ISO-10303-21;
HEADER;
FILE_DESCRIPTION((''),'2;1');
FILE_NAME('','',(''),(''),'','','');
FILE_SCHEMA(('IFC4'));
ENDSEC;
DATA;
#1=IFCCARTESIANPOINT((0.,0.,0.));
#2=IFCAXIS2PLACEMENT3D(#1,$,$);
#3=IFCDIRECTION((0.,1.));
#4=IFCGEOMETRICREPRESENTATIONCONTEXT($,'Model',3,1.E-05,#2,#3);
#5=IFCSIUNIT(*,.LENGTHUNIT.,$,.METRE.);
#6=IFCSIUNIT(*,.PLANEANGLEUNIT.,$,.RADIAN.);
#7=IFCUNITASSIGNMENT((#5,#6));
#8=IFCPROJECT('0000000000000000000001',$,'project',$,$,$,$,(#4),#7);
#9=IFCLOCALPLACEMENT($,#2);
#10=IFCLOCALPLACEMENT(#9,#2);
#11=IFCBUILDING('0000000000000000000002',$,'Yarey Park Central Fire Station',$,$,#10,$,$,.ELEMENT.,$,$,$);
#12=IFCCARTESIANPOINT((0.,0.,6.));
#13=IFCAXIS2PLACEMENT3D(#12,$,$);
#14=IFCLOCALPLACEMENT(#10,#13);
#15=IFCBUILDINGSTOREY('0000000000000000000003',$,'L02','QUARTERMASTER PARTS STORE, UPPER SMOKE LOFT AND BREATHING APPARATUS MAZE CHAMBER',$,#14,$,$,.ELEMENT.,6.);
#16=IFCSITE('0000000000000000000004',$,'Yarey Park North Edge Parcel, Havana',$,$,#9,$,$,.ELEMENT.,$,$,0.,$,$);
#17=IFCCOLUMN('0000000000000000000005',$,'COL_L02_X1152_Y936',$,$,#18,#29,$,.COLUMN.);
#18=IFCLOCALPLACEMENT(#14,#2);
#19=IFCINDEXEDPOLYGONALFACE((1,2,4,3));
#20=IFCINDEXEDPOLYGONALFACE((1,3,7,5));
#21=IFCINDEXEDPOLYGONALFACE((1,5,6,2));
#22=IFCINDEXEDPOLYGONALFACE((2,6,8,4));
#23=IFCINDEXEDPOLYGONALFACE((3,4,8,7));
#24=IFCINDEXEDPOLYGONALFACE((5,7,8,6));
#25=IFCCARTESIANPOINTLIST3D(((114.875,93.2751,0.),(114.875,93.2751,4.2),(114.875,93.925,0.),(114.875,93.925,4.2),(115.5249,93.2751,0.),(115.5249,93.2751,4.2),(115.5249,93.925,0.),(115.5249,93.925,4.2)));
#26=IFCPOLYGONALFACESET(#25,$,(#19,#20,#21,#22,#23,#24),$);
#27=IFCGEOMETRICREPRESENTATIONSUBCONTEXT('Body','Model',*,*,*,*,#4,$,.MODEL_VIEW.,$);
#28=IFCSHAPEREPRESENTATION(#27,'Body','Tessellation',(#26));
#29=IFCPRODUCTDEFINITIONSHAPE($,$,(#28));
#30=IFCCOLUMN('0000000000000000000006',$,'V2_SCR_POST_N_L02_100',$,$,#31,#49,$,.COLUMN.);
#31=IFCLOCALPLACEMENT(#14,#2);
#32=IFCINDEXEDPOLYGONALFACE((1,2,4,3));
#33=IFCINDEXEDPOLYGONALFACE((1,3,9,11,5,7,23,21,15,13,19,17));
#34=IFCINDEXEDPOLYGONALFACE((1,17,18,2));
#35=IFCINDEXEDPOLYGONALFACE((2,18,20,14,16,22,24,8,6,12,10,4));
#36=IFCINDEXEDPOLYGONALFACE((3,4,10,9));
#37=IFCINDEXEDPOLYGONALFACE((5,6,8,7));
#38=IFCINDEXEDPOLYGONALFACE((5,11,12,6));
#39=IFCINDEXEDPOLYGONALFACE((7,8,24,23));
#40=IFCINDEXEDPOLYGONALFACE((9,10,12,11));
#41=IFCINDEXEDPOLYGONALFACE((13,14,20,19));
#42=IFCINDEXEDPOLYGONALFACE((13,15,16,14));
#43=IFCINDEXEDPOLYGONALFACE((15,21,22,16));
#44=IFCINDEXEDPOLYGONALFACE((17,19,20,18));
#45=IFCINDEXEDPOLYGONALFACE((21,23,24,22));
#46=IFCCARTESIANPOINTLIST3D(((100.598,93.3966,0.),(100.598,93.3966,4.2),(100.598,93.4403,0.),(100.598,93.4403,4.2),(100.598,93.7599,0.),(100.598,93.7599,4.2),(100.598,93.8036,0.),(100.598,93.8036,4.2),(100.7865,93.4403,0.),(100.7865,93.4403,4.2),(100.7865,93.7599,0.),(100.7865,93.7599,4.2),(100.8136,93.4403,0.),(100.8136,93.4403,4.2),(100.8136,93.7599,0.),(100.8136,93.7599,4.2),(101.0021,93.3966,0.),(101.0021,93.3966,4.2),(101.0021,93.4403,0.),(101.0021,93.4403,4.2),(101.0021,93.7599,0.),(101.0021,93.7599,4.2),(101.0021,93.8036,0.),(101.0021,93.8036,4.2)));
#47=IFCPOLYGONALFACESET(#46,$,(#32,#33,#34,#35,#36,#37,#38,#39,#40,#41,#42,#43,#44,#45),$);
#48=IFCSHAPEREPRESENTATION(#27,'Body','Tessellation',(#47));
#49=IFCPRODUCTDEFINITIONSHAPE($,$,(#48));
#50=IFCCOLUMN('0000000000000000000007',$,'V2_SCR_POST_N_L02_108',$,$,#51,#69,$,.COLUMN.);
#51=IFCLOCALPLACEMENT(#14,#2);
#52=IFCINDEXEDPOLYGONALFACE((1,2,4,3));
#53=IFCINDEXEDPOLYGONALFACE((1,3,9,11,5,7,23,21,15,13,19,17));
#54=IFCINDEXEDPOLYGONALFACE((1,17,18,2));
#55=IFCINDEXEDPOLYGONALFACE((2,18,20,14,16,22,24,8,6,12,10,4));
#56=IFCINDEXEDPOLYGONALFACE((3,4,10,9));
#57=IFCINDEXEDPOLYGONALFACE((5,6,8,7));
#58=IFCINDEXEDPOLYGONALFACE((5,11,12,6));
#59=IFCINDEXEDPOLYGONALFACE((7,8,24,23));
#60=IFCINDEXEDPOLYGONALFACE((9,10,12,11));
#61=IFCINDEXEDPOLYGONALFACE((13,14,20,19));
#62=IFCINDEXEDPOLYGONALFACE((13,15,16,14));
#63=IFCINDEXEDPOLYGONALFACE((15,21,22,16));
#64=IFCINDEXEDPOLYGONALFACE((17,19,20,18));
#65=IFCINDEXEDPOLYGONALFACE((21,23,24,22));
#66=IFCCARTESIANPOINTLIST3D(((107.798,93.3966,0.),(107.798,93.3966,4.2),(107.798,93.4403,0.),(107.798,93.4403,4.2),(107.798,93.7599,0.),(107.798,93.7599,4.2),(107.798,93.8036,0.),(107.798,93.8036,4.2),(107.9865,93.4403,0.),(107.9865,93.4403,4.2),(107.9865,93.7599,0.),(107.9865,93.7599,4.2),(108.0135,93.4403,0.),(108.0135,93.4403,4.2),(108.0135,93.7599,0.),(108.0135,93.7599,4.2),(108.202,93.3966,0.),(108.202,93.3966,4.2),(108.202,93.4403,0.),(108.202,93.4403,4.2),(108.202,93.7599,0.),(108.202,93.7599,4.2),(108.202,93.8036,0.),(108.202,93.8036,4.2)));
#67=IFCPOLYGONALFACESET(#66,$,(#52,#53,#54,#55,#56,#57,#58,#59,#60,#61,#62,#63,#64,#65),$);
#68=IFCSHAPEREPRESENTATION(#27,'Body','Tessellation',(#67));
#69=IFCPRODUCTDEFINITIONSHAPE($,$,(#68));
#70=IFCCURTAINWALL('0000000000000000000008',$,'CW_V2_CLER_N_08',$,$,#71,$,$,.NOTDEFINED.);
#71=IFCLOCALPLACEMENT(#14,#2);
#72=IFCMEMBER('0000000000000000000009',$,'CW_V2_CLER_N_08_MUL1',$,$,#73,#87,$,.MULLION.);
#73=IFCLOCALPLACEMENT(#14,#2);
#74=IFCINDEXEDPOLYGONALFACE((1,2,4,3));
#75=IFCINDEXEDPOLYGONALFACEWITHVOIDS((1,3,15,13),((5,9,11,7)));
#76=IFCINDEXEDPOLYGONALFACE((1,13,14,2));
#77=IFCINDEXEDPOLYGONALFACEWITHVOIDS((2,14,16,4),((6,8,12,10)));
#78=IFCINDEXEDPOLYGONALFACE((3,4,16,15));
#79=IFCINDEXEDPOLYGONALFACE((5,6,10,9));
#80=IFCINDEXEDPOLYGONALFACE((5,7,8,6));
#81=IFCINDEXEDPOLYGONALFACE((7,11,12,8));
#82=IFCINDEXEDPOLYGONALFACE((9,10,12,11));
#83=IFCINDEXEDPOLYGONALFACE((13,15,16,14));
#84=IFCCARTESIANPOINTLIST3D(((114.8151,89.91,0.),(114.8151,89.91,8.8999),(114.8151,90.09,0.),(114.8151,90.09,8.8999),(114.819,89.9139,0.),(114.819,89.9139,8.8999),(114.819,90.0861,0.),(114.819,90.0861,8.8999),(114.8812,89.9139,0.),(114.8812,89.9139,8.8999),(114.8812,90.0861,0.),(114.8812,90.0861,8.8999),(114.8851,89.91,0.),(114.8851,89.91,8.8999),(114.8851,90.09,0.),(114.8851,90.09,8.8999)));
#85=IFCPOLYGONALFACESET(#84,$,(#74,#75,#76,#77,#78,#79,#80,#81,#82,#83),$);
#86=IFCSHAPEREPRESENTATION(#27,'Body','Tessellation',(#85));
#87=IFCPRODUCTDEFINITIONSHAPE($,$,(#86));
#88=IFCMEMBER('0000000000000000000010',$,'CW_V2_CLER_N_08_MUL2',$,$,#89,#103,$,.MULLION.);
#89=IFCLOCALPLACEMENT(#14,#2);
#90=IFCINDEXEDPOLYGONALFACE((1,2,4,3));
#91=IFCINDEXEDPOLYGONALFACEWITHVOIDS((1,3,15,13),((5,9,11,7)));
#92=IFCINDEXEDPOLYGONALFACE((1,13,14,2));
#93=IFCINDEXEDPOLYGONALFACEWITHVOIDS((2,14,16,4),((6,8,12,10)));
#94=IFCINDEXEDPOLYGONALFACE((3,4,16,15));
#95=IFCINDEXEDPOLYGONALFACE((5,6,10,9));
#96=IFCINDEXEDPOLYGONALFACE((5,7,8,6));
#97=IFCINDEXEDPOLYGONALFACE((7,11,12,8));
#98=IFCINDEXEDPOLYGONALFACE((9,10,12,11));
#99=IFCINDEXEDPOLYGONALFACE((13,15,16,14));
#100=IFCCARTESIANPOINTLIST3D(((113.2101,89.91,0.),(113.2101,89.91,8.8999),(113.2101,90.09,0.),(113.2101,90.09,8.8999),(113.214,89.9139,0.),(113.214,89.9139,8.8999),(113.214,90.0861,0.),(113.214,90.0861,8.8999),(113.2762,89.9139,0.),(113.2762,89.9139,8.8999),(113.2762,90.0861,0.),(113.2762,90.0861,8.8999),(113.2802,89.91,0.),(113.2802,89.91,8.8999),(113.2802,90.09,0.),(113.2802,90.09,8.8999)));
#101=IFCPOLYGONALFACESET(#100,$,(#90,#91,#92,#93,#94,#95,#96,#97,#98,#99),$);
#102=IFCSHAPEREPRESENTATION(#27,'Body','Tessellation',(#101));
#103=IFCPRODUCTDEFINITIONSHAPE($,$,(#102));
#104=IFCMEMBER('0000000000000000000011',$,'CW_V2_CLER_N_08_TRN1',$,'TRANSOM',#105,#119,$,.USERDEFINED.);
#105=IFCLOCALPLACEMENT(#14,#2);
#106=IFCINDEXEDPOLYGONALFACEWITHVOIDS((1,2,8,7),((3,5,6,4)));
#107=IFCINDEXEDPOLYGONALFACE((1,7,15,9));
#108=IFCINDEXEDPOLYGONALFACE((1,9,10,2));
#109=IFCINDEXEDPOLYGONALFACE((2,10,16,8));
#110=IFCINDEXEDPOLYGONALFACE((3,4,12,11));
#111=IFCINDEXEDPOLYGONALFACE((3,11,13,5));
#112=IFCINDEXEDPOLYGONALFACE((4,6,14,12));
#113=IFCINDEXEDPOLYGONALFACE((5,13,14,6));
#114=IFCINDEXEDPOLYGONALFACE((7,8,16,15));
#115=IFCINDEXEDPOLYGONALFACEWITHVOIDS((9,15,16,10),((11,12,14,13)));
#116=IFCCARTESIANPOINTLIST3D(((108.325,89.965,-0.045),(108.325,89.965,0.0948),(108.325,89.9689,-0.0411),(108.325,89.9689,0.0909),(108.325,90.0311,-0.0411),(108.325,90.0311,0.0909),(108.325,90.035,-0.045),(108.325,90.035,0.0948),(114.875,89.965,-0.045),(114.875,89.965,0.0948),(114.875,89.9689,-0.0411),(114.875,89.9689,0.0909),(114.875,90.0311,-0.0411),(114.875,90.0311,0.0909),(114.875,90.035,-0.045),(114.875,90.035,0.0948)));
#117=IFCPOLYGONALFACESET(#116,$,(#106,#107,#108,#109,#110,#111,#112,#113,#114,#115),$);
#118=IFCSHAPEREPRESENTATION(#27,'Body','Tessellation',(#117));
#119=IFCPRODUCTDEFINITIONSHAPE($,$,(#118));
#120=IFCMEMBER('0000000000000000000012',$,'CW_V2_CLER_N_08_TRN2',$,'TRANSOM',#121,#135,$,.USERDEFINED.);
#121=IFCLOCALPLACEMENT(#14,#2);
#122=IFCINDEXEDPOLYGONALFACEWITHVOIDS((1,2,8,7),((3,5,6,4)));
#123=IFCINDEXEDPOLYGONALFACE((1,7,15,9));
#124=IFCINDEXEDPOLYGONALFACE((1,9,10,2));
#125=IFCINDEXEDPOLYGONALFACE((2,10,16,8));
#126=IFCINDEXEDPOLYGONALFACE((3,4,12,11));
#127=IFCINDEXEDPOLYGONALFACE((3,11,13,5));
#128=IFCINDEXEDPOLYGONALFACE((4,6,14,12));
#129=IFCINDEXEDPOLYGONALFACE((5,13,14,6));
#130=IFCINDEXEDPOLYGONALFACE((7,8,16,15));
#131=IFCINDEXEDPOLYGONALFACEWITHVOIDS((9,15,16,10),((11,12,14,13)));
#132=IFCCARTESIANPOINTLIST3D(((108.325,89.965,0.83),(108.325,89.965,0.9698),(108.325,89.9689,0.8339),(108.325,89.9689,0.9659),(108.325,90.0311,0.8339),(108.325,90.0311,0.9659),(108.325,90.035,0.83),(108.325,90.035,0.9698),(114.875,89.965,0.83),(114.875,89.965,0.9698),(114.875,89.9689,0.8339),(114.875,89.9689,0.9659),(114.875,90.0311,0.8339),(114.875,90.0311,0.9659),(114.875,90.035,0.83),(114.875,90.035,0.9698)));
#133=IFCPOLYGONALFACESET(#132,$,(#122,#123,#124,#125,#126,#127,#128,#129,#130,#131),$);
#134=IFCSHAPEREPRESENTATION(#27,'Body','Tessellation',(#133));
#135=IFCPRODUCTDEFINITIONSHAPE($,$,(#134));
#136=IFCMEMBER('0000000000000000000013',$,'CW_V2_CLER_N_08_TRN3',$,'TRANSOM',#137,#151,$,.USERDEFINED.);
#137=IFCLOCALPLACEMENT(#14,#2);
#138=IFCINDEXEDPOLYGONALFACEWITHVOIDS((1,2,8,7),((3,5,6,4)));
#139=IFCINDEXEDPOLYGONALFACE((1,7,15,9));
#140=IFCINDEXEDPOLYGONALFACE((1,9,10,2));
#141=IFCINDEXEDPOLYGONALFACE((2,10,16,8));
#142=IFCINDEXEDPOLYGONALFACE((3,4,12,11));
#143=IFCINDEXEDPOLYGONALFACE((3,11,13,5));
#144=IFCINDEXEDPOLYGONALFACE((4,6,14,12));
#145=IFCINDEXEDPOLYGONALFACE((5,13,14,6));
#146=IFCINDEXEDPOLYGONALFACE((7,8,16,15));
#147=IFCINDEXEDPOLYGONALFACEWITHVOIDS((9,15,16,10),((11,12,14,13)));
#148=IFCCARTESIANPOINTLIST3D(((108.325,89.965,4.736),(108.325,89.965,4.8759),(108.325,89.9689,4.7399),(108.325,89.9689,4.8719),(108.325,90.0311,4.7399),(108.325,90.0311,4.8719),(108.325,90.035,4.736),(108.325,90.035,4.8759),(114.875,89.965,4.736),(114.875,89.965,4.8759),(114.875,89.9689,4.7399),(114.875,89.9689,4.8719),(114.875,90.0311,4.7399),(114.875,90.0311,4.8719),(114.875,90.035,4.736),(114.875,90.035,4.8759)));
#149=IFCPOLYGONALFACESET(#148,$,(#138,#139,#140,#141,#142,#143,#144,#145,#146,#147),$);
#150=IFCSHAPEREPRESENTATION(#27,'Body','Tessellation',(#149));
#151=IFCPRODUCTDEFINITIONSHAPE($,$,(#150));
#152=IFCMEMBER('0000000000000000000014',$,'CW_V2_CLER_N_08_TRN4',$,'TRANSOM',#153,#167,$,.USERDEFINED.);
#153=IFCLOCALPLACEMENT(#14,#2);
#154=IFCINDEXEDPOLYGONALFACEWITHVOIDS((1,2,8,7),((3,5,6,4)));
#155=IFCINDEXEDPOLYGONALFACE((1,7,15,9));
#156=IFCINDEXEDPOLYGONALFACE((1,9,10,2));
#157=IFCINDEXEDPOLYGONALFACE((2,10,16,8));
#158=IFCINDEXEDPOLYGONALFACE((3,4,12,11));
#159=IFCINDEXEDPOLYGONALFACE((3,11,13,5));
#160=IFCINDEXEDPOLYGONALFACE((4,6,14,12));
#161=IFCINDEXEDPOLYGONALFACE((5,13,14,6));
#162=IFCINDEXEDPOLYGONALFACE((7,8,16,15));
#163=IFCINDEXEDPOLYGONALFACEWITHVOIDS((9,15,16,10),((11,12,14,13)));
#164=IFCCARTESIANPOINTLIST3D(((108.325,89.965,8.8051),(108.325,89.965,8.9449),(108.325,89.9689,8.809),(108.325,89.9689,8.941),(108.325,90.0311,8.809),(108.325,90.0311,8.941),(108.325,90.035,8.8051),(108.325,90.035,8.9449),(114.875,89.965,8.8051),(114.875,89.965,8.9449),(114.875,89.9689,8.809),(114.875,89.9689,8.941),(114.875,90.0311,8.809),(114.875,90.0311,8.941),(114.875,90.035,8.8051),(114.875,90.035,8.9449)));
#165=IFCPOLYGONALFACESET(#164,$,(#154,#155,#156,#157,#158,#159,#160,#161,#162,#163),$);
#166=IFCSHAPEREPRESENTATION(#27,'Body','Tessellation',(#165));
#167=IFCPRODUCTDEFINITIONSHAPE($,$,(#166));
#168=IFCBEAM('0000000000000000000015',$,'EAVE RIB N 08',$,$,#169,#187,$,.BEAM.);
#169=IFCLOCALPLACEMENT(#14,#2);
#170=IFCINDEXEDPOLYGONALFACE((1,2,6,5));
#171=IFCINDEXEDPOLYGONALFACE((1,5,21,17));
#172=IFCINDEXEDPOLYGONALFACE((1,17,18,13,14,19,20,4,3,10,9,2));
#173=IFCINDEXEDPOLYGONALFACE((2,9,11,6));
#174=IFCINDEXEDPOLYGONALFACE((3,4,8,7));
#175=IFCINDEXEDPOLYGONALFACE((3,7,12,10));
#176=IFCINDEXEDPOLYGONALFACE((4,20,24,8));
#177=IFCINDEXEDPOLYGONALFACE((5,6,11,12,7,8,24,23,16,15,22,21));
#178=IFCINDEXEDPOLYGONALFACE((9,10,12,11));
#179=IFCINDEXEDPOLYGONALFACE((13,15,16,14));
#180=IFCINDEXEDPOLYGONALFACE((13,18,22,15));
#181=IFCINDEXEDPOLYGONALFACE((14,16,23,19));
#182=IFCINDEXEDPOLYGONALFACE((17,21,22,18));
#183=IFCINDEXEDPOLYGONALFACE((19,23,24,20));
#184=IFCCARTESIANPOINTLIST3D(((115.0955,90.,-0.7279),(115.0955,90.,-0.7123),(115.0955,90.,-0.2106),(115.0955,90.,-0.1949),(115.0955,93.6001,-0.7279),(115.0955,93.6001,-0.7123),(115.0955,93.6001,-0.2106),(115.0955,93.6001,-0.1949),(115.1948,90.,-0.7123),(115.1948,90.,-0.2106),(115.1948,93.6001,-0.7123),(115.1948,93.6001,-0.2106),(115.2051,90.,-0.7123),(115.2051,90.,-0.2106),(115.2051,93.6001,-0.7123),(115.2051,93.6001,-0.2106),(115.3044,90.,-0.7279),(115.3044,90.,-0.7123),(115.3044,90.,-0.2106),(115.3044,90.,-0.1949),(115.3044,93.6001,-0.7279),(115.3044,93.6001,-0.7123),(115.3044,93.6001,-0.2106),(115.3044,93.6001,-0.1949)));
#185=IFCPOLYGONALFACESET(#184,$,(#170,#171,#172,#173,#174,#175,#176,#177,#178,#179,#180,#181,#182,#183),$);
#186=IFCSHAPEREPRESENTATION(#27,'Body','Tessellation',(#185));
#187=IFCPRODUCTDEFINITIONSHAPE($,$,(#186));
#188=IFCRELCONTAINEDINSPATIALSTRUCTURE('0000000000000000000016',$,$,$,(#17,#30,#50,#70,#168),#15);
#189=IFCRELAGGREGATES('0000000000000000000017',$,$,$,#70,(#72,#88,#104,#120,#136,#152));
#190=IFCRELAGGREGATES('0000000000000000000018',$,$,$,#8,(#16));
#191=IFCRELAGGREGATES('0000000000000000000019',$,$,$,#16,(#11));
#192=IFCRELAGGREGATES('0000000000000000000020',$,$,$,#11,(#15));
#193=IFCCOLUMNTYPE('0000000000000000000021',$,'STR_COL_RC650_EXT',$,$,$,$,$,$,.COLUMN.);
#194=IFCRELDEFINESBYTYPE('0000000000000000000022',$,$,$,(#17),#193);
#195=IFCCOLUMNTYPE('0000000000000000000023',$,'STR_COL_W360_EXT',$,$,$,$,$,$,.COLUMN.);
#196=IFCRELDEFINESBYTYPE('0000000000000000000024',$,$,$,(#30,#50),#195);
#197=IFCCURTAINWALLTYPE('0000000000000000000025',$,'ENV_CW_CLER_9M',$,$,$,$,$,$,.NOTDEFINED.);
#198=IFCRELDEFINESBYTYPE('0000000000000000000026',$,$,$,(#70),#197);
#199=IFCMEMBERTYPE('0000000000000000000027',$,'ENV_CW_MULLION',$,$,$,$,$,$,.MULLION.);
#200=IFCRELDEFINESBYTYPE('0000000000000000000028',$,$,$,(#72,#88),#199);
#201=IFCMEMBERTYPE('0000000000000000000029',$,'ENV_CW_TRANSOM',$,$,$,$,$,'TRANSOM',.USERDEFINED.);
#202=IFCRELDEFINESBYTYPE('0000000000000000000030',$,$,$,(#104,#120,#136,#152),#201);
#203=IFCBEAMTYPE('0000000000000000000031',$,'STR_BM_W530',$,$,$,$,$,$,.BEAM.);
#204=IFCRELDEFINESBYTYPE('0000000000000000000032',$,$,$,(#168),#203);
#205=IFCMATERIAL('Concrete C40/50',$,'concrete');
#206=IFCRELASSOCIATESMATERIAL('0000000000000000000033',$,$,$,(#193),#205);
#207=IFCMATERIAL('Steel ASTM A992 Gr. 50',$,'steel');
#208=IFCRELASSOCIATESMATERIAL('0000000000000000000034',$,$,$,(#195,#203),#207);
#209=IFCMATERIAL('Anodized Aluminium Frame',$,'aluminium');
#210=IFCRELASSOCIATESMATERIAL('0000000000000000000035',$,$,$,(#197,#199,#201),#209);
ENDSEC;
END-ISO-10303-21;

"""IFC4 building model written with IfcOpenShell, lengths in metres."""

from ifc_helpers import new_model, si_unit, direction, frame, origin, origin_2d, place, context, subcontext, project, spatial, rectangle, hollow_rectangle, i_section, extrude, material, material_profile, profile_set, type_object, element, aggregate, save


model = new_model("IFC4")

# Units and contexts
model_context = context("Model", 3, precision=1e-05, world=origin(), true_north=direction((0.0, 1.0)))
body_context = subcontext(model_context, "Body", "Model", "MODEL_VIEW")
ifc_project = project(units=[si_unit("LENGTHUNIT", "METRE"), si_unit("PLANEANGLEUNIT", "RADIAN")], contexts=[model_context])

# Site, building, storey
site_placement = place(None, origin())
site = spatial("IfcSite", under=ifc_project, at=site_placement, Name="Yarey Park North Edge Parcel, Havana", CompositionType="ELEMENT", RefElevation=0.0)
building_placement = place(site_placement, origin())
building = spatial("IfcBuilding", under=site, at=building_placement, Name="Yarey Park Central Fire Station", CompositionType="ELEMENT")
storey_placement = place(building_placement, frame((0.0, 0.0, 6.0)))
storey = spatial("IfcBuildingStorey", under=building, at=storey_placement, Name="L02", Description="QUARTERMASTER PARTS STORE, UPPER SMOKE LOFT AND BREATHING APPARATUS MAZE CHAMBER", CompositionType="ELEMENT", Elevation=6.0)

# Columns
ifc_material_1 = material(Name="Concrete C40/50", Category="concrete")
ifc_material_profile_1 = material_profile(ifc_material_1, rectangle(XDim=0.6499, YDim=0.6499, at=origin_2d()), Name="RC 650x650")
ifc_profile_set_1 = profile_set([ifc_material_profile_1], Name="Concrete C40/50")
column_type_1 = type_object("IfcColumnType", Name="STR_COL_RC650_EXT", PredefinedType="COLUMN", material=ifc_profile_set_1)
column_placement = place(storey_placement, frame((115.2, 93.6001, 0.0), z_axis=(0.0, 0.0, 1.0), x_axis=(1.0, 0.0, 0.0)))
element("IfcColumn", 1, at=column_placement, inside=storey, type_object=column_type_1, Name="COL_L02_X1152_Y936", PredefinedType="COLUMN", context=body_context, shape_type="SweptSolid", body=[
    extrude(rectangle(XDim=0.6499, YDim=0.6499, at=origin_2d()), origin(), (0.0, 0.0, 1.0), 4.2),
])
ifc_material_2 = material(Name="Steel ASTM A992 Gr. 50", Category="steel")
ifc_material_profile_2 = material_profile(ifc_material_2, i_section(OverallWidth=0.4041, OverallDepth=0.407, WebThickness=0.0271, FlangeThickness=0.0437, at=origin_2d()), Name="W360x347")
ifc_profile_set_2 = profile_set([ifc_material_profile_2], Name="Steel ASTM A992 Gr. 50")
column_type_2 = type_object("IfcColumnType", Name="STR_COL_W360_EXT", PredefinedType="COLUMN", material=ifc_profile_set_2)
for number, where, z_axis, x_axis, name in (
    (2, (100.8, 93.6001, 0.0), (0.0, 0.0, 1.0), (1.0, 0.0, 0.0), "V2_SCR_POST_N_L02_100"),
    (3, (108.0, 93.6001, 0.0), (0.0, 0.0, 1.0), (1.0, 0.0, 0.0), "V2_SCR_POST_N_L02_108"),
):
    element("IfcColumn", number, at=place(storey_placement, frame(where, z_axis=z_axis, x_axis=x_axis)), inside=storey, type_object=column_type_2, Name=name, PredefinedType="COLUMN", context=body_context, shape_type="SweptSolid", body=[
        extrude(i_section(OverallWidth=0.4041, OverallDepth=0.407, WebThickness=0.0271, FlangeThickness=0.0437, at=origin_2d()), origin(), (0.0, 0.0, 1.0), 4.2),
    ])

# Curtain wall, members
ifc_material_3 = material(Name="Anodized Aluminium Frame", Category="aluminium")
curtain_wall_type = type_object("IfcCurtainWallType", Name="ENV_CW_CLER_9M", PredefinedType="NOTDEFINED", material=ifc_material_3)
curtain_wall_placement = place(storey_placement, origin())
curtain_wall = element("IfcCurtainWall", 4, at=curtain_wall_placement, inside=storey, type_object=curtain_wall_type, Name="CW_V2_CLER_N_08", PredefinedType="NOTDEFINED")
ifc_material_profile_3 = material_profile(ifc_material_3, hollow_rectangle(XDim=0.0701, YDim=0.1799, WallThickness=0.0039, at=origin_2d()), Name="ALU 180x70x4")
ifc_profile_set_3 = profile_set([ifc_material_profile_3], Name="Anodized Aluminium Frame")
member_type_1 = type_object("IfcMemberType", Name="ENV_CW_MULLION", PredefinedType="MULLION", material=ifc_profile_set_3)
member_1_placement = place(storey_placement, frame((114.8501, 90.0, 0.0), z_axis=(0.0, 0.0, 1.0), x_axis=(1.0, 0.0, 0.0)))
member_1 = element("IfcMember", 5, at=member_1_placement, type_object=member_type_1, Name="CW_V2_CLER_N_08_MUL1", PredefinedType="MULLION", context=body_context, shape_type="SweptSolid", body=[
    extrude(hollow_rectangle(XDim=0.0701, YDim=0.1799, WallThickness=0.0039, at=origin_2d()), origin(), (0.0, 0.0, 1.0), 8.8999),
])
member_2_placement = place(storey_placement, frame((113.2451, 90.0, 0.0), z_axis=(0.0, 0.0, 1.0), x_axis=(1.0, 0.0, 0.0)))
member_2 = element("IfcMember", 6, at=member_2_placement, type_object=member_type_1, Name="CW_V2_CLER_N_08_MUL2", PredefinedType="MULLION", context=body_context, shape_type="SweptSolid", body=[
    extrude(hollow_rectangle(XDim=0.0701, YDim=0.1799, WallThickness=0.0039, at=origin_2d()), origin(), (0.0, 0.0, 1.0), 8.8999),
])
ifc_material_profile_4 = material_profile(ifc_material_3, hollow_rectangle(XDim=0.0701, YDim=0.1399, WallThickness=0.0039, at=origin_2d()), Name="ALU 140x70x4")
ifc_profile_set_4 = profile_set([ifc_material_profile_4], Name="Anodized Aluminium Frame")
member_type_2 = type_object("IfcMemberType", Name="ENV_CW_TRANSOM", ElementType="TRANSOM", PredefinedType="USERDEFINED", material=ifc_profile_set_4)
member_3_placement = place(storey_placement, frame((114.875, 90.0, 0.0249), z_axis=(-1.0, 0.0, 0.0), x_axis=(0.0, -1.0, 0.0)))
member_3 = element("IfcMember", 7, at=member_3_placement, type_object=member_type_2, Name="CW_V2_CLER_N_08_TRN1", ObjectType="TRANSOM", PredefinedType="USERDEFINED", context=body_context, shape_type="SweptSolid", body=[
    extrude(hollow_rectangle(XDim=0.0701, YDim=0.1399, WallThickness=0.0039, at=origin_2d()), origin(), (0.0, 0.0, 1.0), 6.55),
])
member_4_placement = place(storey_placement, frame((114.875, 90.0, 0.8999), z_axis=(-1.0, 0.0, 0.0), x_axis=(0.0, -1.0, 0.0)))
member_4 = element("IfcMember", 8, at=member_4_placement, type_object=member_type_2, Name="CW_V2_CLER_N_08_TRN2", ObjectType="TRANSOM", PredefinedType="USERDEFINED", context=body_context, shape_type="SweptSolid", body=[
    extrude(hollow_rectangle(XDim=0.0701, YDim=0.1399, WallThickness=0.0039, at=origin_2d()), origin(), (0.0, 0.0, 1.0), 6.55),
])
member_5_placement = place(storey_placement, frame((114.875, 90.0, 4.8059), z_axis=(-1.0, 0.0, 0.0), x_axis=(0.0, -1.0, 0.0)))
member_5 = element("IfcMember", 9, at=member_5_placement, type_object=member_type_2, Name="CW_V2_CLER_N_08_TRN3", ObjectType="TRANSOM", PredefinedType="USERDEFINED", context=body_context, shape_type="SweptSolid", body=[
    extrude(hollow_rectangle(XDim=0.0701, YDim=0.1399, WallThickness=0.0039, at=origin_2d()), origin(), (0.0, 0.0, 1.0), 6.55),
])
member_6_placement = place(storey_placement, frame((114.875, 90.0, 8.875), z_axis=(-1.0, 0.0, 0.0), x_axis=(0.0, -1.0, 0.0)))
member_6 = element("IfcMember", 10, at=member_6_placement, type_object=member_type_2, Name="CW_V2_CLER_N_08_TRN4", ObjectType="TRANSOM", PredefinedType="USERDEFINED", context=body_context, shape_type="SweptSolid", body=[
    extrude(hollow_rectangle(XDim=0.0701, YDim=0.1399, WallThickness=0.0039, at=origin_2d()), origin(), (0.0, 0.0, 1.0), 6.55),
])

# Beam
ifc_material_profile_5 = material_profile(ifc_material_2, i_section(OverallWidth=0.209, OverallDepth=0.533, WebThickness=0.0103, FlangeThickness=0.0156, at=origin_2d()), Name="W530x92")
ifc_profile_set_5 = profile_set([ifc_material_profile_5], Name="Steel ASTM A992 Gr. 50")
beam_type_1 = type_object("IfcBeamType", Name="STR_BM_W530", PredefinedType="BEAM", material=ifc_profile_set_5)
beam_1_placement = place(storey_placement, frame((115.2, 90.0, -0.4614), z_axis=(0.0, 1.0, 0.0), x_axis=(-1.0, 0.0, 0.0)))
element("IfcBeam", 11, at=beam_1_placement, inside=storey, type_object=beam_type_1, Name="EAVE RIB N 08", PredefinedType="BEAM", context=body_context, shape_type="SweptSolid", body=[
    extrude(i_section(OverallWidth=0.209, OverallDepth=0.533, WebThickness=0.0103, FlangeThickness=0.0156, at=origin_2d()), origin(), (0.0, 0.0, 1.0), 3.6001),
])

aggregate(curtain_wall, [member_1, member_2, member_3, member_4, member_5, member_6])

save(model, "model.ifc")
